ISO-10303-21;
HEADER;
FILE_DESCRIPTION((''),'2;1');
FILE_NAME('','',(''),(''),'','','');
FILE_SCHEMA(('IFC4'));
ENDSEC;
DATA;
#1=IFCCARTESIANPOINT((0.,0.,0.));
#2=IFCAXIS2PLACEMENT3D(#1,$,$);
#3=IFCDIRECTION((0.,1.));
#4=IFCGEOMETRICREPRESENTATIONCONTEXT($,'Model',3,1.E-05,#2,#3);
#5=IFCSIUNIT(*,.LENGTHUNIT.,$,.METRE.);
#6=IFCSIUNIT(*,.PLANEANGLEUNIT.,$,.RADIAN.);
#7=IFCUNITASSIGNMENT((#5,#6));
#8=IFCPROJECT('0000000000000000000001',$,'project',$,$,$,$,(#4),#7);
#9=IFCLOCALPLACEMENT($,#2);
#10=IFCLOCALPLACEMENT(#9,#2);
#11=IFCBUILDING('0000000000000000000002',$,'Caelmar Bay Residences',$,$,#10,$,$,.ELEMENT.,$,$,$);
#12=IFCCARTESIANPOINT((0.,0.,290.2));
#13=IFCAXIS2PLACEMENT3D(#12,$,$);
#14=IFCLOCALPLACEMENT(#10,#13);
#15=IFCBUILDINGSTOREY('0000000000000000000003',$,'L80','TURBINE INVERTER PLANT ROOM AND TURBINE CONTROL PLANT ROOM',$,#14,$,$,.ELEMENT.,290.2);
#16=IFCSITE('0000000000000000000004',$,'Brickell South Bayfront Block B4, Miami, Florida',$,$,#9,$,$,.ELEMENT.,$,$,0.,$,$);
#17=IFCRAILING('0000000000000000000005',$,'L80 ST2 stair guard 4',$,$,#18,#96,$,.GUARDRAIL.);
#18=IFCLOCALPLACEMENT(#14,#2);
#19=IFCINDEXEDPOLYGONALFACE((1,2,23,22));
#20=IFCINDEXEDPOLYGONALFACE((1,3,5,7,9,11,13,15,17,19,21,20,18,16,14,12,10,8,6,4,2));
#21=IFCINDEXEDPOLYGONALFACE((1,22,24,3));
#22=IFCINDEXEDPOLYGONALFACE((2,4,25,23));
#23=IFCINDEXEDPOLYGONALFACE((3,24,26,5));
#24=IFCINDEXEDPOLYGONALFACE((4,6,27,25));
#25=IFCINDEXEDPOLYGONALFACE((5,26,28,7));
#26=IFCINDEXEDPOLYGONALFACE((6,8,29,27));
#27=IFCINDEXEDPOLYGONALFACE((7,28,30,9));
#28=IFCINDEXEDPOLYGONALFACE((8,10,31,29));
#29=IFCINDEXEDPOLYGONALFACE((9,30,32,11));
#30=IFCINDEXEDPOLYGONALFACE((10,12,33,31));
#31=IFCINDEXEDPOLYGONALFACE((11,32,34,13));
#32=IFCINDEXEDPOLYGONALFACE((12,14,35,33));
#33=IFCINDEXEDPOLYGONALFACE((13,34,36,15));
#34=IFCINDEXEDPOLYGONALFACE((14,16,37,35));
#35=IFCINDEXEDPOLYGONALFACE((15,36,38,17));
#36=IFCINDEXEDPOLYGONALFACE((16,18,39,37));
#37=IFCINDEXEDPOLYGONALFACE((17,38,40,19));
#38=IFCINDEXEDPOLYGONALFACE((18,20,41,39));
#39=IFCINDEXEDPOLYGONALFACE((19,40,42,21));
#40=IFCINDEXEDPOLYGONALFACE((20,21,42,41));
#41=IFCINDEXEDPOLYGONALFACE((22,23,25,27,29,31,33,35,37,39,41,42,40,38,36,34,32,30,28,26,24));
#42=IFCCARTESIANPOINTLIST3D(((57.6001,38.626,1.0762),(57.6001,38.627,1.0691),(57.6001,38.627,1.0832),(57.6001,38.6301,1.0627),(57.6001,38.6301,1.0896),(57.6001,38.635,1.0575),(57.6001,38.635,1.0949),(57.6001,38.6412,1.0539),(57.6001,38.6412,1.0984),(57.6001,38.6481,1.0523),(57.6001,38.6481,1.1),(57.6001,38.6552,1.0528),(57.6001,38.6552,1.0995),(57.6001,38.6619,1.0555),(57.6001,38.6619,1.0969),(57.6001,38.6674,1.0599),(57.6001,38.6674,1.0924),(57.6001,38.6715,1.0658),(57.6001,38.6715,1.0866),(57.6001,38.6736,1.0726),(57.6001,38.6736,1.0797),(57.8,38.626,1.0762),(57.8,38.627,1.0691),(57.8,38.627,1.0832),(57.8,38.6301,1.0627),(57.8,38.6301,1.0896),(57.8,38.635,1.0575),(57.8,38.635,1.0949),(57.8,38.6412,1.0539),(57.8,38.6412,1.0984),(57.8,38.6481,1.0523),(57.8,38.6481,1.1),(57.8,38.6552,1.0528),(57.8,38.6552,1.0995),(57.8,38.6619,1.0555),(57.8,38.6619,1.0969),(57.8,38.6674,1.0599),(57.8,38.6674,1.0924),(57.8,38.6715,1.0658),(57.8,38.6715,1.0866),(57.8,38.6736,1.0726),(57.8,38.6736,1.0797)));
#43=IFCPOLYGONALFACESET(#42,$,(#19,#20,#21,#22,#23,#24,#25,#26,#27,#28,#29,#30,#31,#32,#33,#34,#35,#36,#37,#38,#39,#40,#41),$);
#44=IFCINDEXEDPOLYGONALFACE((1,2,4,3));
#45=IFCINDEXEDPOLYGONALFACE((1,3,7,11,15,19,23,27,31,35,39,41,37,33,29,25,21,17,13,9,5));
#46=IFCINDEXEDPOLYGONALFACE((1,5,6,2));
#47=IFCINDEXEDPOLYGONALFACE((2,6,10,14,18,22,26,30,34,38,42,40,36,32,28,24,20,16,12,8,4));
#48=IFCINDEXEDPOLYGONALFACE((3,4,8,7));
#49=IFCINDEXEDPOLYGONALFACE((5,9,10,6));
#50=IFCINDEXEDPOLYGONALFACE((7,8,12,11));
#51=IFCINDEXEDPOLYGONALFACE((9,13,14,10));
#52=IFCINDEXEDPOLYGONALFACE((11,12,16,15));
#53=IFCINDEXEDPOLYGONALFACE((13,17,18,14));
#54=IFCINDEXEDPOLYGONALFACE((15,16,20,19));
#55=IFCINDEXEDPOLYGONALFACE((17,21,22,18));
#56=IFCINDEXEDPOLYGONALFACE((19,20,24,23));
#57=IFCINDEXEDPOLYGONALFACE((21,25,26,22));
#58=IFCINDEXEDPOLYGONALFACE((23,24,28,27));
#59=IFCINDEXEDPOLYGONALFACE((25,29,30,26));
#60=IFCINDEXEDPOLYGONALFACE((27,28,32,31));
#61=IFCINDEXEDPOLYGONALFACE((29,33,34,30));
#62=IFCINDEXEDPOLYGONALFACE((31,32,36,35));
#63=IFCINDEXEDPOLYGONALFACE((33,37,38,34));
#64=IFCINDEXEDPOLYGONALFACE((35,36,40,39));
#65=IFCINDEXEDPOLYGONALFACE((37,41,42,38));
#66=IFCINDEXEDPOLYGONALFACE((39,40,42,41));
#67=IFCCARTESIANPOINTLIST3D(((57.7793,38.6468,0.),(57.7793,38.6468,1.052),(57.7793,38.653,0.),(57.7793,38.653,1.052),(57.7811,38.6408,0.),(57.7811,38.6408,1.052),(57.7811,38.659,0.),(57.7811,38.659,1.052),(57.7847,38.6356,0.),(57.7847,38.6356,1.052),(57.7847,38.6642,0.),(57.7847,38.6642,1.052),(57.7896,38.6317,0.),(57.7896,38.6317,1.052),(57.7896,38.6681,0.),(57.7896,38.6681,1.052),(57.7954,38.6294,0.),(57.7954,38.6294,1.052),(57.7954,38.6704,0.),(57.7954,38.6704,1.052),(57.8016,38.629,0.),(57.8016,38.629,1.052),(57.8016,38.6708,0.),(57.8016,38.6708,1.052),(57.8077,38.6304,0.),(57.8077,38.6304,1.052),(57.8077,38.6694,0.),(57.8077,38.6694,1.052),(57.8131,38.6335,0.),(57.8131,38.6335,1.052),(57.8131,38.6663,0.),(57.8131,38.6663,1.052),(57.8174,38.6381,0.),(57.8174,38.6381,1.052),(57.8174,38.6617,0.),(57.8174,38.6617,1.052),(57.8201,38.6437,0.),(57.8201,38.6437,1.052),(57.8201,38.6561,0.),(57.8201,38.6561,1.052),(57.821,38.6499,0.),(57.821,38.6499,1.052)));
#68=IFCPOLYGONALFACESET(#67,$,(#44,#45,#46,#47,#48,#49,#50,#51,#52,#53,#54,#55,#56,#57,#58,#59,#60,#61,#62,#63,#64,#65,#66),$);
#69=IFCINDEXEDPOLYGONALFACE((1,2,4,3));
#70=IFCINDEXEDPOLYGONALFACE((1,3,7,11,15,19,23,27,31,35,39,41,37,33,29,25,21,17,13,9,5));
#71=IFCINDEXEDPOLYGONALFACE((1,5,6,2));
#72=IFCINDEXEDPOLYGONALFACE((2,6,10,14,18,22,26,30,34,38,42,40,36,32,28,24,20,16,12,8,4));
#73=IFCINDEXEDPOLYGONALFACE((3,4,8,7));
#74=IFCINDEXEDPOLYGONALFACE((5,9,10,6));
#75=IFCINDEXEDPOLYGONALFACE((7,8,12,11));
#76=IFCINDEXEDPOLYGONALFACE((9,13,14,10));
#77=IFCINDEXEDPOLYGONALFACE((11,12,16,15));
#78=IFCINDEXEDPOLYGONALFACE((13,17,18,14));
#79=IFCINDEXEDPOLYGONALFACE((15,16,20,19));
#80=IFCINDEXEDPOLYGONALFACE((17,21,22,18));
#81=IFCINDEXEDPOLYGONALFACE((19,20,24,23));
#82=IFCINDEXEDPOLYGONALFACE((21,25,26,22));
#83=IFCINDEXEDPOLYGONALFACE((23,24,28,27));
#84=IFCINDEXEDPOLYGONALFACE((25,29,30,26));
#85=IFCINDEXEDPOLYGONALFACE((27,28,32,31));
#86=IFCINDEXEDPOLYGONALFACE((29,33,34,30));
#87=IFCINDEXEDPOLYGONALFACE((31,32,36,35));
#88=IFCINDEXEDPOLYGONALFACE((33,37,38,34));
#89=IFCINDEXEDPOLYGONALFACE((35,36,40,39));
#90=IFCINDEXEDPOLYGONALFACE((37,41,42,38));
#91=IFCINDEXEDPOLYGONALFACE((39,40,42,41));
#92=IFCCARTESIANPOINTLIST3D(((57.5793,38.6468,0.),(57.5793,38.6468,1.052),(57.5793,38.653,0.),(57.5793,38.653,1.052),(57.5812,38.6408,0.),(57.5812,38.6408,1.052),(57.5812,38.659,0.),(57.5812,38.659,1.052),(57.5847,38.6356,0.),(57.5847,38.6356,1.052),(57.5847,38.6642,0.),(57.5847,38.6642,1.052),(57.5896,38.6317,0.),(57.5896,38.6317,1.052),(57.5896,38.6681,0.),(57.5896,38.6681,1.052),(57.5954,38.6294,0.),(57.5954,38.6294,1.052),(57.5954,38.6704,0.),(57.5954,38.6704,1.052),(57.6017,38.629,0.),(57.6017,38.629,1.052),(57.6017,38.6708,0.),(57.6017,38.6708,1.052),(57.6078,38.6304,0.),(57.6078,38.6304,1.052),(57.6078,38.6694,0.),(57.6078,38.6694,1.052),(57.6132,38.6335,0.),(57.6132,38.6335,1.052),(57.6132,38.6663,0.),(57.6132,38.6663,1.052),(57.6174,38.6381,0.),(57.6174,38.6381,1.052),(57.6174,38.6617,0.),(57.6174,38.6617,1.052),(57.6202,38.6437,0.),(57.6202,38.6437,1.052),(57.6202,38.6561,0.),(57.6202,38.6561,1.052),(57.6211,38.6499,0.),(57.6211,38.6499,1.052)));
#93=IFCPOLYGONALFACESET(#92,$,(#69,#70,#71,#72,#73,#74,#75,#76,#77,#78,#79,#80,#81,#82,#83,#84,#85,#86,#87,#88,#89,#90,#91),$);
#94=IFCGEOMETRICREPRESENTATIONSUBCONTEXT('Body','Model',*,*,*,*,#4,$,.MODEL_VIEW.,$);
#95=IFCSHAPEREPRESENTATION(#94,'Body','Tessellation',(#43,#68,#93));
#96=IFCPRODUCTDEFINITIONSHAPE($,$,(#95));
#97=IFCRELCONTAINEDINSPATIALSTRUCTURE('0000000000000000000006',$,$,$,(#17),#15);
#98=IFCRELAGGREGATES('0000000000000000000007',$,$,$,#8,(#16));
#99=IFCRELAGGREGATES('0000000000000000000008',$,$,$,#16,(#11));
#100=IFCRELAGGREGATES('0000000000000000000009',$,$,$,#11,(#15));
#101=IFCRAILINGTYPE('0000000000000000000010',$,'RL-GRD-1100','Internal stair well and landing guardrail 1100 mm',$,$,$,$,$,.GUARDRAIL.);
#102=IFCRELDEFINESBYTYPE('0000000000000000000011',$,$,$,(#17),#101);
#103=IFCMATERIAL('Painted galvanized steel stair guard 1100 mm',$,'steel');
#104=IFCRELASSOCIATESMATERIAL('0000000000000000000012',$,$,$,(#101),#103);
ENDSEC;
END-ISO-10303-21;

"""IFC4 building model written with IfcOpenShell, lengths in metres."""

from ifc_helpers import new_model, si_unit, direction, frame, origin, origin_2d, place, context, subcontext, project, spatial, circle, extrude, material, type_object, element, save


model = new_model("IFC4")

# Units and contexts
model_context = context("Model", 3, precision=1e-05, world=origin(), true_north=direction((0.0, 1.0)))
body_context = subcontext(model_context, "Body", "Model", "MODEL_VIEW")
ifc_project = project(units=[si_unit("LENGTHUNIT", "METRE"), si_unit("PLANEANGLEUNIT", "RADIAN")], contexts=[model_context])

# Site, building, storey
site_placement = place(None, origin())
site = spatial("IfcSite", under=ifc_project, at=site_placement, Name="Brickell South Bayfront Block B4, Miami, Florida", CompositionType="ELEMENT", RefElevation=0.0)
building_placement = place(site_placement, origin())
building = spatial("IfcBuilding", under=site, at=building_placement, Name="Caelmar Bay Residences", CompositionType="ELEMENT")
storey_placement = place(building_placement, frame((0.0, 0.0, 290.2)))
storey = spatial("IfcBuildingStorey", under=building, at=storey_placement, Name="L80", Description="TURBINE INVERTER PLANT ROOM AND TURBINE CONTROL PLANT ROOM", CompositionType="ELEMENT", Elevation=290.2)

# Railing
ifc_material_1 = material(Name="Painted galvanized steel stair guard 1100 mm", Category="steel")
railing_type_1 = type_object("IfcRailingType", Name="RL-GRD-1100", Description="Internal stair well and landing guardrail 1100 mm", PredefinedType="GUARDRAIL", material=ifc_material_1)
railing_1_placement = place(storey_placement, frame((57.8, 38.6499, 0.0)))
element("IfcRailing", 1, at=railing_1_placement, inside=storey, type_object=railing_type_1, Name="L80 ST2 stair guard 4", PredefinedType="GUARDRAIL", context=body_context, shape_type="SweptSolid", body=[
    extrude(circle(Radius=0.0239, at=origin_2d()), frame((0.0, 0.0, 1.0762), z_axis=(-1.0, 0.0, 0.0), x_axis=(0.0, -1.0, 0.0)), (0.0, 0.0, 1.0), 0.2),
    extrude(circle(Radius=0.021, at=origin_2d()), origin(), (0.0, 0.0, 1.0), 1.052),
    extrude(circle(Radius=0.021, at=origin_2d()), frame((-0.2, 0.0, 0.0)), (0.0, 0.0, 1.0), 1.052),
])

save(model, "model.ifc")
